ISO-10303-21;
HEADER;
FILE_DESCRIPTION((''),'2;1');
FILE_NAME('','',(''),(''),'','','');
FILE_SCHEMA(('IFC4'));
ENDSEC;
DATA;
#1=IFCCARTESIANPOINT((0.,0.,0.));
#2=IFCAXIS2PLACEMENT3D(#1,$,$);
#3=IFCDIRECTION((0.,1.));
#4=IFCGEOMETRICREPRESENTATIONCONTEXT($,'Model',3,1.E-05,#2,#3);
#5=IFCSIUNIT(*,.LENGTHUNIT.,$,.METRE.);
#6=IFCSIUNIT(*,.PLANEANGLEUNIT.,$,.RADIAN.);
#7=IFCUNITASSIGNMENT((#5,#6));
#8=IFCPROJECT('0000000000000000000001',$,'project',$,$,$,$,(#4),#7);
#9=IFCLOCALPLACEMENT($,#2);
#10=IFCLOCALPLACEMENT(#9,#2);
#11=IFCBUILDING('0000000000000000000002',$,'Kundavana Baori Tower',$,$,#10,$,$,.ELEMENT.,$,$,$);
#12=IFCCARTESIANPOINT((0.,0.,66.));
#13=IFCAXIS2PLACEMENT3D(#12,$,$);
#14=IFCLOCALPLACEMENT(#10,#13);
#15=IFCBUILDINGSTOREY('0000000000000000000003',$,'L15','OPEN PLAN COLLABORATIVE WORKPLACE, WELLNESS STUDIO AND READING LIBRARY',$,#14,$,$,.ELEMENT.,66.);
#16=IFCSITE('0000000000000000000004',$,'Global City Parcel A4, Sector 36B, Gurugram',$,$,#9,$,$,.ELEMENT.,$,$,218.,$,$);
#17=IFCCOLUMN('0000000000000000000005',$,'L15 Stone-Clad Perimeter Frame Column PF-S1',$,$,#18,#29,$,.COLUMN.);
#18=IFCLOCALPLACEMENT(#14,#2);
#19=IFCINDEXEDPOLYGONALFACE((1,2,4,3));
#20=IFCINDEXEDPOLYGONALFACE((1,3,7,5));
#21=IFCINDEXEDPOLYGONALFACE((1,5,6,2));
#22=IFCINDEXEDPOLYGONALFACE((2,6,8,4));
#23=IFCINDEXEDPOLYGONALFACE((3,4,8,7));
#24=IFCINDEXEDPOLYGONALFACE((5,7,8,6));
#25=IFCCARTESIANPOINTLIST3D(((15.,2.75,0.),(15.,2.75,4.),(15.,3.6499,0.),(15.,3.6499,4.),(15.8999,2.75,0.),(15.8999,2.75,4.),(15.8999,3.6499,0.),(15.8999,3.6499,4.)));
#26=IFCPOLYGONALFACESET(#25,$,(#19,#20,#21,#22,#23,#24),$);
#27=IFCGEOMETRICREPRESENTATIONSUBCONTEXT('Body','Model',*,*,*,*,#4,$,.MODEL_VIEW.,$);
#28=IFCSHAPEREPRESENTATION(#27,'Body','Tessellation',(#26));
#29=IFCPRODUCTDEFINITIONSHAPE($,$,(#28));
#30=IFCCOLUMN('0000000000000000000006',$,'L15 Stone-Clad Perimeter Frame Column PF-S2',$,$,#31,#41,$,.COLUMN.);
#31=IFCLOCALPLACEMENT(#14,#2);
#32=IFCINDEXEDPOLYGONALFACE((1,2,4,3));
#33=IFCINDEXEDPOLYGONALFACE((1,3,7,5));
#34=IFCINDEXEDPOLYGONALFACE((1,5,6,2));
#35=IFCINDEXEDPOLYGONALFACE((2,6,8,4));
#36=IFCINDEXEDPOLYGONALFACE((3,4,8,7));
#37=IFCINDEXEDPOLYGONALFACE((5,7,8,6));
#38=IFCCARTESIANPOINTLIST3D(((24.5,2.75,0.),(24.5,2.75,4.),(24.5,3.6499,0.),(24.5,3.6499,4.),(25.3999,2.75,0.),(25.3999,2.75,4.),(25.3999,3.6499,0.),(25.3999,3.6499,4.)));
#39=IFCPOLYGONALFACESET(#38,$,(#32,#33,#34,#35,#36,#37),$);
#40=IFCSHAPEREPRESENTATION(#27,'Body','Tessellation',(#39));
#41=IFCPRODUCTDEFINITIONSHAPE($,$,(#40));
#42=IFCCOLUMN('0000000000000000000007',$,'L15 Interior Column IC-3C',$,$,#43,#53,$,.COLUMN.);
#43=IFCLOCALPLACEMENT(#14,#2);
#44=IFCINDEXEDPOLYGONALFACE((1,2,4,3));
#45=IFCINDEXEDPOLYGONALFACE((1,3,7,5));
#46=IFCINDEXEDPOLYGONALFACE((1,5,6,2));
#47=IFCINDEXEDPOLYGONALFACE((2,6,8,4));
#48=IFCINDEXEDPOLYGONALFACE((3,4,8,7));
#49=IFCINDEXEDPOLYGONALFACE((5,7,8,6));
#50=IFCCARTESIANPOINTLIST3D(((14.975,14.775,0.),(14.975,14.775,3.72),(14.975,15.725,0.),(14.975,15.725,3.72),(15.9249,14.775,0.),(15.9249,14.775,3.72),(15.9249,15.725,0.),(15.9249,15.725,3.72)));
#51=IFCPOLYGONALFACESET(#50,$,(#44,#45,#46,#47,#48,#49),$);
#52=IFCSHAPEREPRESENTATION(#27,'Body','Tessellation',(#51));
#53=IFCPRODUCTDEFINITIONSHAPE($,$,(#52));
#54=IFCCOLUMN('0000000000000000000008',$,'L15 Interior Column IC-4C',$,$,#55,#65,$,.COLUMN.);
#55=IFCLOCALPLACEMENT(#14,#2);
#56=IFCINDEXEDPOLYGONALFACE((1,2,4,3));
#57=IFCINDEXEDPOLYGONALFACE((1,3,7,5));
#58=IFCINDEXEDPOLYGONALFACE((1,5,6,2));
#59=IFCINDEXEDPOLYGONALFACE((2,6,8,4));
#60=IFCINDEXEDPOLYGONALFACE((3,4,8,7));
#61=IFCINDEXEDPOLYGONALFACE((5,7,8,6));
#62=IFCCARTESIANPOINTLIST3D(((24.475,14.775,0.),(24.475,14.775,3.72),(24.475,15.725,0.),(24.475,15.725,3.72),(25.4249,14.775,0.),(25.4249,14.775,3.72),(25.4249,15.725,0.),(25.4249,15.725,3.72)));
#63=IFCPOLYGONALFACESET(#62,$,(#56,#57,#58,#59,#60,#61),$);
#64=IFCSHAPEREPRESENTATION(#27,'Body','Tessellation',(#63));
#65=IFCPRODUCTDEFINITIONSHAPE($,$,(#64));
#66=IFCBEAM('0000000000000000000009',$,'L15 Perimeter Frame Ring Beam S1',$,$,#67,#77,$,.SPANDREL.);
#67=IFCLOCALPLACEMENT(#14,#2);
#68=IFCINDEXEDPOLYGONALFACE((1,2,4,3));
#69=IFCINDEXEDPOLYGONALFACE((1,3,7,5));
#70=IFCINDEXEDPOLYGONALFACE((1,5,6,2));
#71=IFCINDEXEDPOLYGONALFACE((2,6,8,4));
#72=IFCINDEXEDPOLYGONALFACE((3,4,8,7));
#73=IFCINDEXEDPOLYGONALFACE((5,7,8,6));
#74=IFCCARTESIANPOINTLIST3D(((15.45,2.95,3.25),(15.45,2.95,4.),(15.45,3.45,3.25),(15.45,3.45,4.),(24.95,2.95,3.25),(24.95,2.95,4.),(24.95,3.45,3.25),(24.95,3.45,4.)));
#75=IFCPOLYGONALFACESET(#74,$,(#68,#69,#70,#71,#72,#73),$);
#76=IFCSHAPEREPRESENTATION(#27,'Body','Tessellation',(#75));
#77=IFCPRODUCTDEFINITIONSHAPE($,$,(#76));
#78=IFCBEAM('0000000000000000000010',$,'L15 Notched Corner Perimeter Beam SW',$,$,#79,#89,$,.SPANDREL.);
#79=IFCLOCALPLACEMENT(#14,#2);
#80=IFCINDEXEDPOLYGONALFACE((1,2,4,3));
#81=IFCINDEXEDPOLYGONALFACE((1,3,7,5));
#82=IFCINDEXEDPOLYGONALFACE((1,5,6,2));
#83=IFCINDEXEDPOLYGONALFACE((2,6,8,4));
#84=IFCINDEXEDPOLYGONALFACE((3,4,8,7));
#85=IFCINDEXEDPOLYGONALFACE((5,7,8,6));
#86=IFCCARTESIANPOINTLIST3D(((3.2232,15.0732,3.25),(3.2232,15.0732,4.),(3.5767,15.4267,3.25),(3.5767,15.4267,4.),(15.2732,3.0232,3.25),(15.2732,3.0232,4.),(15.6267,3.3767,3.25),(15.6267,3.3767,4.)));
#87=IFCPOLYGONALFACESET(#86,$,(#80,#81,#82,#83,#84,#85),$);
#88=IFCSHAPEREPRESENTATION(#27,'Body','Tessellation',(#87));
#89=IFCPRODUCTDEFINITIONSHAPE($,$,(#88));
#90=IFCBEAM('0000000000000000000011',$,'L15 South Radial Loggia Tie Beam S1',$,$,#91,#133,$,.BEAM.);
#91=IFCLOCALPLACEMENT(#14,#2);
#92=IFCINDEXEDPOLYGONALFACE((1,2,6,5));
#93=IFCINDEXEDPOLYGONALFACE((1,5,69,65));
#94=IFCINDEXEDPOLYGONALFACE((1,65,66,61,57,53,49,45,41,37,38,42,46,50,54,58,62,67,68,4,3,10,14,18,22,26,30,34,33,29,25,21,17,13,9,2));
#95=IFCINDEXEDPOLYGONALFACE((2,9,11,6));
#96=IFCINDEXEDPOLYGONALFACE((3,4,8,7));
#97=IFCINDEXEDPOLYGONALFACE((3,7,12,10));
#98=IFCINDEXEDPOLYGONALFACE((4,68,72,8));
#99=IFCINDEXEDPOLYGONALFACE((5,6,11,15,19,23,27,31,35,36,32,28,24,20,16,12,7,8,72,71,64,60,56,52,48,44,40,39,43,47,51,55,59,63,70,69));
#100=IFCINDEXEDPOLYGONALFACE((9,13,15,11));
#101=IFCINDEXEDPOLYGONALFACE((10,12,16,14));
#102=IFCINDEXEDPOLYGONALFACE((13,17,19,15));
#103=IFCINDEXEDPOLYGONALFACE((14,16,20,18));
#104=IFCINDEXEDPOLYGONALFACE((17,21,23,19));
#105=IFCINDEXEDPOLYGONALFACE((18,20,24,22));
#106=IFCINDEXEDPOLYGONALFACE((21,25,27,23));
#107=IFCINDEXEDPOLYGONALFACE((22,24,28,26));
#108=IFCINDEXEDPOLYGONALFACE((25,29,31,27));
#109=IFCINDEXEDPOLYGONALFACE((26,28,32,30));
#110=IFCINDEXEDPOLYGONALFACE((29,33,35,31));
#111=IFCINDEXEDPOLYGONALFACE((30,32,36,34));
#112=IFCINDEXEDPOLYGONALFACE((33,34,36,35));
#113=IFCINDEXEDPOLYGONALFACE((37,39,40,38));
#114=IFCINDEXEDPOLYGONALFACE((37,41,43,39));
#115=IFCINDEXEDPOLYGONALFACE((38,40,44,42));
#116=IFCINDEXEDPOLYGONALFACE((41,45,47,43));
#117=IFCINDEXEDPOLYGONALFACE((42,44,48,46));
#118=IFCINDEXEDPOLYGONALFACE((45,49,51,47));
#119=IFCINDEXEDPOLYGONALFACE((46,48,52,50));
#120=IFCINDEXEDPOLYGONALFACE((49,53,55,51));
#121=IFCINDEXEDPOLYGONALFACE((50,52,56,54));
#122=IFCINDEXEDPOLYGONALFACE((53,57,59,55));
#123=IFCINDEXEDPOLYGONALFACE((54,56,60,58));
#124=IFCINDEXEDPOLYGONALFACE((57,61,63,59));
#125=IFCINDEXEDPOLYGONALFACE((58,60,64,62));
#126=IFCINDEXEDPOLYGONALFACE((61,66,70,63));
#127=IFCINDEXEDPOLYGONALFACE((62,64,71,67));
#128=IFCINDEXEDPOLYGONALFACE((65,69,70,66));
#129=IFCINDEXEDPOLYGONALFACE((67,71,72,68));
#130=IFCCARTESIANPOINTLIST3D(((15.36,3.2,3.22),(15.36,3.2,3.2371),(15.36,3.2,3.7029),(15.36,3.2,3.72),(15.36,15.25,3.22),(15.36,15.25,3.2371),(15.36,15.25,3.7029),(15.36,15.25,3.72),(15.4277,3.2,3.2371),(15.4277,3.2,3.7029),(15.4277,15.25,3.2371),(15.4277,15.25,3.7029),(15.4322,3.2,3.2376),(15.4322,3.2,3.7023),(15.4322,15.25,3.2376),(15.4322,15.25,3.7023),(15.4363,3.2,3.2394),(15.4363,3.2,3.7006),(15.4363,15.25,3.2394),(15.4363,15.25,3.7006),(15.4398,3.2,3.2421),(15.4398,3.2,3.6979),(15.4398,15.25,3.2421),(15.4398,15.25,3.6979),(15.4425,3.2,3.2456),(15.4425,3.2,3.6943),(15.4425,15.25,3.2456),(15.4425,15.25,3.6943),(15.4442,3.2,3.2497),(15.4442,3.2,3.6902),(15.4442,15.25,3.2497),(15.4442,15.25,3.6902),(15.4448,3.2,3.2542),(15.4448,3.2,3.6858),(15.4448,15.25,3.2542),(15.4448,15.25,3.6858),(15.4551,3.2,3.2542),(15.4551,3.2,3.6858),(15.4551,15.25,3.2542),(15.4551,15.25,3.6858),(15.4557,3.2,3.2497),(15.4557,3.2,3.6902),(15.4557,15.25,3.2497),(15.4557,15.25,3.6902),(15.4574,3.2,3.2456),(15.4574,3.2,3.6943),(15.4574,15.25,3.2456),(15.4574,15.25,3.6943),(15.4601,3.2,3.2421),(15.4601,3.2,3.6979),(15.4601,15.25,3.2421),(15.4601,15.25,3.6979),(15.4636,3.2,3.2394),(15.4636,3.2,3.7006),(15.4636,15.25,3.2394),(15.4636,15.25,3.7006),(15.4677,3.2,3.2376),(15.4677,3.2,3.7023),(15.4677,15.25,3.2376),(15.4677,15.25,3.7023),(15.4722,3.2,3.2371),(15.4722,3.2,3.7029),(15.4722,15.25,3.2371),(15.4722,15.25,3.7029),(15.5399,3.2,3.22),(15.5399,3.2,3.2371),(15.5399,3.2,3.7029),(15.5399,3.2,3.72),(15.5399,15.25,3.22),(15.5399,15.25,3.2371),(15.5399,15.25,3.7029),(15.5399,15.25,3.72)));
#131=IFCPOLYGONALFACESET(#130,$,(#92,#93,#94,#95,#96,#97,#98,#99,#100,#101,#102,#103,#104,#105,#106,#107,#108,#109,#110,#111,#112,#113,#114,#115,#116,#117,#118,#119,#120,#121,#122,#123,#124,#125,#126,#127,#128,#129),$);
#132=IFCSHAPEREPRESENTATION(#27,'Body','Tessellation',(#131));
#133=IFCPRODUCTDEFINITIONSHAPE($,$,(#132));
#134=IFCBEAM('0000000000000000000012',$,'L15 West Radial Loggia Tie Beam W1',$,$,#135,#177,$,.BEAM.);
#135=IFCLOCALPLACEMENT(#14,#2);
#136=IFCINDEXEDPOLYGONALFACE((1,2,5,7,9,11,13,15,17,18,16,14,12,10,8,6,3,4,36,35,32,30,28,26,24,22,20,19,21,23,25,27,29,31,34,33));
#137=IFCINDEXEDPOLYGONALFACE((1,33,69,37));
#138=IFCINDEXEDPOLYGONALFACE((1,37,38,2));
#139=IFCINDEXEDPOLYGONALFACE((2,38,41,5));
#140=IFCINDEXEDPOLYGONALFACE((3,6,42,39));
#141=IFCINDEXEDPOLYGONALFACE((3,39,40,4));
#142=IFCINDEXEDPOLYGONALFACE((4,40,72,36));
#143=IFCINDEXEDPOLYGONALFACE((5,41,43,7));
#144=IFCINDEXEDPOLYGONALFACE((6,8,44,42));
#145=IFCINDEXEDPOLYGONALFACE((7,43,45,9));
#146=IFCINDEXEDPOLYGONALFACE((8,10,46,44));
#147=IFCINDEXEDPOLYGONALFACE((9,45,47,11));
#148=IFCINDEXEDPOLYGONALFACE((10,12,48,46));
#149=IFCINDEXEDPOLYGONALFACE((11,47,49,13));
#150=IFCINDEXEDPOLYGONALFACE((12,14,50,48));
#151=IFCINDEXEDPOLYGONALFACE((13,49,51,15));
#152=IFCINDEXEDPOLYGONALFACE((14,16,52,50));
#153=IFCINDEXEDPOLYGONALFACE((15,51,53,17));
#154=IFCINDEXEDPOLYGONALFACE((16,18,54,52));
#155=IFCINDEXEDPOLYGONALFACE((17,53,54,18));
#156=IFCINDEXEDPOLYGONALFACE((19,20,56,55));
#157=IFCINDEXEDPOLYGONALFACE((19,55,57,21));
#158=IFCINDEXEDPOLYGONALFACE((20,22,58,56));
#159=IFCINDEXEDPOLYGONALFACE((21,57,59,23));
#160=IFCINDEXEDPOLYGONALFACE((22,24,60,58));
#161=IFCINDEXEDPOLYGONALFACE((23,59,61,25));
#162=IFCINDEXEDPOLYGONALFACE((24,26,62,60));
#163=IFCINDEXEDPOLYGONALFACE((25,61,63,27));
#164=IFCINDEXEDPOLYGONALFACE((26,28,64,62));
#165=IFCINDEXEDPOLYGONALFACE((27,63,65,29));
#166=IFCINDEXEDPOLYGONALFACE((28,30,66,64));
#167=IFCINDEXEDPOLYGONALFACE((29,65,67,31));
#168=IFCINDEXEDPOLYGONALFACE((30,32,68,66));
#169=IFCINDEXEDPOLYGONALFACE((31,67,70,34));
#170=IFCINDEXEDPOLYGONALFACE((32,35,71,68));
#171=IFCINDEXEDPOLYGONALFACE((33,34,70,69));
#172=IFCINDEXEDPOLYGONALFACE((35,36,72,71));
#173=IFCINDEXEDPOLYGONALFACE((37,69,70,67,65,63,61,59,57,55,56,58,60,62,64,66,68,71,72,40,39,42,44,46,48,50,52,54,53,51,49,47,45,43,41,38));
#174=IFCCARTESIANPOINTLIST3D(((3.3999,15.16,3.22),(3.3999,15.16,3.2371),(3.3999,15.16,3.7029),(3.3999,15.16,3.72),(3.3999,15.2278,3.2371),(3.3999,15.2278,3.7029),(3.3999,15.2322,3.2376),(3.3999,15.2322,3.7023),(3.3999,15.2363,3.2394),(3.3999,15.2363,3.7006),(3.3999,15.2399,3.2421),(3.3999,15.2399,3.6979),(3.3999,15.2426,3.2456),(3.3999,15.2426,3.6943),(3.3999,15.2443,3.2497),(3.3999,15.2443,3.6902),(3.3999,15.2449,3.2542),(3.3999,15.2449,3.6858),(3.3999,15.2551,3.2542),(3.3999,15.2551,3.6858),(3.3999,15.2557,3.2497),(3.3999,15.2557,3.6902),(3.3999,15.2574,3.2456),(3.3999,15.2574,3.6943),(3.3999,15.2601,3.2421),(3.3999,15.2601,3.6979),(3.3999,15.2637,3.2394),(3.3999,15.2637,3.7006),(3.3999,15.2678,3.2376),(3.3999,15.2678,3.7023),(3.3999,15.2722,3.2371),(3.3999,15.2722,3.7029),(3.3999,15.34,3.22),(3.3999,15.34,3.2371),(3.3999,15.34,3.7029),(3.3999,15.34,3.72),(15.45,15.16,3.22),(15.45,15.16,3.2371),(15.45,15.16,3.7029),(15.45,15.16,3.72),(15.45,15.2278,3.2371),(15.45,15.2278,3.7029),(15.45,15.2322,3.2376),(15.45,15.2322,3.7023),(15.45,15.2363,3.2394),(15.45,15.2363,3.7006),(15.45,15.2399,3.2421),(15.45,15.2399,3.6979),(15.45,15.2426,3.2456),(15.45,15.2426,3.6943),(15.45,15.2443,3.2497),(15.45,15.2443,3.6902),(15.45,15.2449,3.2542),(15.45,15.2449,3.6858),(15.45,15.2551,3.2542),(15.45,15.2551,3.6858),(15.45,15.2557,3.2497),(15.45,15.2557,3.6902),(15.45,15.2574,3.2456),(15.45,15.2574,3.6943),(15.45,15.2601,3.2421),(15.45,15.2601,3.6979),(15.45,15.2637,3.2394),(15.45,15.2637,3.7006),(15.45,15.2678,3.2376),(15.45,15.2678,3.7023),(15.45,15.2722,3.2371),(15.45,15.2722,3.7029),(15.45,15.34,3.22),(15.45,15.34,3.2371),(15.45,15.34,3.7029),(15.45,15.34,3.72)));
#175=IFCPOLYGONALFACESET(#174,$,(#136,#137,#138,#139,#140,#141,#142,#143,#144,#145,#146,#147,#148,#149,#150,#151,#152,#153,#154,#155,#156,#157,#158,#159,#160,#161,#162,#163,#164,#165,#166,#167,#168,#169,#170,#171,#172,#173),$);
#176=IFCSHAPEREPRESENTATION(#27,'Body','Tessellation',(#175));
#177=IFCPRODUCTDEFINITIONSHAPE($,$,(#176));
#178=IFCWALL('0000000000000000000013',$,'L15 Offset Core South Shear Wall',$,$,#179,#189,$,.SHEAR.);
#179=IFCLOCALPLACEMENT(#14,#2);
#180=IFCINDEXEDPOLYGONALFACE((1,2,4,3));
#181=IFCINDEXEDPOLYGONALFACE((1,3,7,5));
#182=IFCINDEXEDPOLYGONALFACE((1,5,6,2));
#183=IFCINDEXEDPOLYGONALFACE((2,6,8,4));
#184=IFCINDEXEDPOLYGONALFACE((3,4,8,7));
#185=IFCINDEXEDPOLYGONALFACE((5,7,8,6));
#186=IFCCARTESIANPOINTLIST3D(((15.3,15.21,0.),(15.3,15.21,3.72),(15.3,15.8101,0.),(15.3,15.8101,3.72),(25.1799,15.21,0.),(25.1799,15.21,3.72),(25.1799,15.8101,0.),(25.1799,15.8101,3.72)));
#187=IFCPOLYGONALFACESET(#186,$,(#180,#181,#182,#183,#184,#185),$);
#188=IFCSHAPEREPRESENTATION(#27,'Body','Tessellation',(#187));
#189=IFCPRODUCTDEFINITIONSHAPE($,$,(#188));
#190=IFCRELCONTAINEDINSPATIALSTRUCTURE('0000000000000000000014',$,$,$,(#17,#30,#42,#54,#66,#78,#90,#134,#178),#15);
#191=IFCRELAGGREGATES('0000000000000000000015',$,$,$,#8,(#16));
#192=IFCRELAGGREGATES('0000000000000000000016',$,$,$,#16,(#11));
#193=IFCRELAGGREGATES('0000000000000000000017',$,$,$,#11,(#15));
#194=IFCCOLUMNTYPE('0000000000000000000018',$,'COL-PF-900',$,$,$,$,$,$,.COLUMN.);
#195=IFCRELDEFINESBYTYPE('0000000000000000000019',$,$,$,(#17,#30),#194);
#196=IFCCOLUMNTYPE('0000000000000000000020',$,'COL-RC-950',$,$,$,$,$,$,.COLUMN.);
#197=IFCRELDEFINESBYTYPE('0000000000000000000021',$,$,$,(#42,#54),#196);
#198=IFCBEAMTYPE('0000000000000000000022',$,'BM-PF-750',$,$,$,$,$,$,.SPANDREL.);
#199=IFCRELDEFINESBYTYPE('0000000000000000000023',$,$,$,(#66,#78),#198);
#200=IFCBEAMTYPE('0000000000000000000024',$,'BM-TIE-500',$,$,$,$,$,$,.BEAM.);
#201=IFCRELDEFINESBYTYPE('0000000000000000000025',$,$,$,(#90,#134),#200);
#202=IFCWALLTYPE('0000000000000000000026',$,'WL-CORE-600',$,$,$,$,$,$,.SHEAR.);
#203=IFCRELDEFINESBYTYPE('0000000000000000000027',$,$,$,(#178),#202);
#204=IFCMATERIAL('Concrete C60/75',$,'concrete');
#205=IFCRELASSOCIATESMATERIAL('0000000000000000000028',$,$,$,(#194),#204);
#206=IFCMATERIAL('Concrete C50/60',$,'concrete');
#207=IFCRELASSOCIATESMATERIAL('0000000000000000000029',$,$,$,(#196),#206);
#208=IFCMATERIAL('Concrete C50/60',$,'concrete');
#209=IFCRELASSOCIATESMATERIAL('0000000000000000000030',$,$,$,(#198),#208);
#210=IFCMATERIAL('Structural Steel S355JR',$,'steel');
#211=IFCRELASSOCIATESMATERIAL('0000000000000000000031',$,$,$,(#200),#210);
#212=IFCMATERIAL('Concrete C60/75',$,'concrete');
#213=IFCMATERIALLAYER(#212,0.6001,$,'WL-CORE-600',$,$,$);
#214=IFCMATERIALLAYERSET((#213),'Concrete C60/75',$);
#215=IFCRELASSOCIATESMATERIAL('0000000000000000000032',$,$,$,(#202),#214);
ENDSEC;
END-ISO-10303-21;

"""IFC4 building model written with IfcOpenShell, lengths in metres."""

from ifc_helpers import new_model, si_unit, direction, frame, frame_2d, origin, origin_2d, place, context, subcontext, project, spatial, rectangle, i_section, extrude, material, layer, layer_set, material_profile, profile_set, type_object, element, save


model = new_model("IFC4")

# Units and contexts
model_context = context("Model", 3, precision=1e-05, world=origin(), true_north=direction((0.0, 1.0)))
body_context = subcontext(model_context, "Body", "Model", "MODEL_VIEW")
ifc_project = project(units=[si_unit("LENGTHUNIT", "METRE"), si_unit("PLANEANGLEUNIT", "RADIAN")], contexts=[model_context])

# Site, building, storey
site_placement = place(None, origin())
site = spatial("IfcSite", under=ifc_project, at=site_placement, Name="Global City Parcel A4, Sector 36B, Gurugram", CompositionType="ELEMENT", RefElevation=218.0)
building_placement = place(site_placement, origin())
building = spatial("IfcBuilding", under=site, at=building_placement, Name="Kundavana Baori Tower", CompositionType="ELEMENT")
storey_placement = place(building_placement, frame((0.0, 0.0, 66.0)))
storey = spatial("IfcBuildingStorey", under=building, at=storey_placement, Name="L15", Description="OPEN PLAN COLLABORATIVE WORKPLACE, WELLNESS STUDIO AND READING LIBRARY", CompositionType="ELEMENT", Elevation=66.0)

# Columns
ifc_material_1 = material(Name="Concrete C60/75", Category="concrete")
ifc_material_profile_1 = material_profile(ifc_material_1, rectangle(XDim=0.8999, YDim=0.8999, at=origin_2d()), Name="RC PF 900x900")
ifc_profile_set_1 = profile_set([ifc_material_profile_1], Name="Concrete C60/75")
column_type_1 = type_object("IfcColumnType", Name="COL-PF-900", PredefinedType="COLUMN", material=ifc_profile_set_1)
for number, where, z_axis, x_axis, name in (
    (1, (15.45, 3.2, 0.0), (0.0, 0.0, 1.0), (1.0, 0.0, 0.0), "L15 Stone-Clad Perimeter Frame Column PF-S1"),
    (2, (24.95, 3.2, 0.0), (0.0, 0.0, 1.0), (1.0, 0.0, 0.0), "L15 Stone-Clad Perimeter Frame Column PF-S2"),
):
    element("IfcColumn", number, at=place(storey_placement, frame(where, z_axis=z_axis, x_axis=x_axis)), inside=storey, type_object=column_type_1, Name=name, PredefinedType="COLUMN", context=body_context, shape_type="SweptSolid", body=[
        extrude(rectangle(XDim=0.8999, YDim=0.8999, at=origin_2d()), origin(), (0.0, 0.0, 1.0), 4.0),
    ])
ifc_material_2 = material(Name="Concrete C50/60", Category="concrete")
ifc_material_profile_2 = material_profile(ifc_material_2, rectangle(XDim=0.95, YDim=0.95, at=origin_2d()), Name="RC 950x950")
ifc_profile_set_2 = profile_set([ifc_material_profile_2], Name="Concrete C50/60")
column_type_2 = type_object("IfcColumnType", Name="COL-RC-950", PredefinedType="COLUMN", material=ifc_profile_set_2)
for number, where, z_axis, x_axis, name in (
    (3, (15.45, 15.25, 0.0), (0.0, 0.0, 1.0), (1.0, 0.0, 0.0), "L15 Interior Column IC-3C"),
    (4, (24.95, 15.25, 0.0), (0.0, 0.0, 1.0), (1.0, 0.0, 0.0), "L15 Interior Column IC-4C"),
):
    element("IfcColumn", number, at=place(storey_placement, frame(where, z_axis=z_axis, x_axis=x_axis)), inside=storey, type_object=column_type_2, Name=name, PredefinedType="COLUMN", context=body_context, shape_type="SweptSolid", body=[
        extrude(rectangle(XDim=0.95, YDim=0.95, at=origin_2d()), origin(), (0.0, 0.0, 1.0), 3.72),
    ])

# Beams
ifc_material_3 = material(Name="Concrete C50/60", Category="concrete")
ifc_material_profile_3 = material_profile(ifc_material_3, rectangle(XDim=0.5, YDim=0.75, at=origin_2d()), Name="RC BM 500x750")
ifc_profile_set_3 = profile_set([ifc_material_profile_3], Name="Concrete C50/60")
beam_type_1 = type_object("IfcBeamType", Name="BM-PF-750", PredefinedType="SPANDREL", material=ifc_profile_set_3)
beam_1_placement = place(storey_placement, frame((15.45, 3.2, 3.625), z_axis=(1.0, 0.0, 0.0), x_axis=(0.0, 1.0, 0.0)))
element("IfcBeam", 5, at=beam_1_placement, inside=storey, type_object=beam_type_1, Name="L15 Perimeter Frame Ring Beam S1", PredefinedType="SPANDREL", context=body_context, shape_type="SweptSolid", body=[
    extrude(rectangle(XDim=0.5, YDim=0.75, at=origin_2d()), origin(), (0.0, 0.0, 1.0), 9.5),
])
beam_2_placement = place(storey_placement, frame((15.45, 3.2, 3.625), z_axis=(-0.707107, 0.707107, 0.0), x_axis=(-0.707107, -0.707107, 0.0)))
element("IfcBeam", 6, at=beam_2_placement, inside=storey, type_object=beam_type_1, Name="L15 Notched Corner Perimeter Beam SW", PredefinedType="SPANDREL", context=body_context, shape_type="SweptSolid", body=[
    extrude(rectangle(XDim=0.5, YDim=0.75, at=origin_2d()), origin(), (0.0, 0.0, 1.0), 17.0413),
])
ifc_material_4 = material(Name="Structural Steel S355JR", Category="steel")
ifc_material_profile_4 = material_profile(ifc_material_4, i_section(OverallWidth=0.1799, OverallDepth=0.5, WebThickness=0.0103, FlangeThickness=0.0171, FilletRadius=0.0171, at=origin_2d()), Name="ISMB 500")
ifc_profile_set_4 = profile_set([ifc_material_profile_4], Name="Structural Steel S355JR")
beam_type_2 = type_object("IfcBeamType", Name="BM-TIE-500", PredefinedType="BEAM", material=ifc_profile_set_4)
for number, where, z_axis, x_axis, name in (
    (7, (15.45, 15.25, 3.47), (0.0, -1.0, 0.0), (1.0, 0.0, 0.0), "L15 South Radial Loggia Tie Beam S1"),
    (8, (15.45, 15.25, 3.47), (-1.0, 0.0, 0.0), (0.0, -1.0, 0.0), "L15 West Radial Loggia Tie Beam W1"),
):
    element("IfcBeam", number, at=place(storey_placement, frame(where, z_axis=z_axis, x_axis=x_axis)), inside=storey, type_object=beam_type_2, Name=name, PredefinedType="BEAM", context=body_context, shape_type="SweptSolid", body=[
        extrude(i_section(OverallWidth=0.1799, OverallDepth=0.5, WebThickness=0.0103, FlangeThickness=0.0171, FilletRadius=0.0171, at=origin_2d()), origin(), (0.0, 0.0, 1.0), 12.05),
    ])

# Wall
ifc_material_5 = material(Name="Concrete C60/75", Category="concrete")
ifc_layer_1 = layer(ifc_material_5, 0.6001, Name="WL-CORE-600")
ifc_layer_set_1 = layer_set([ifc_layer_1], Name="Concrete C60/75")
wall_type_1 = type_object("IfcWallType", Name="WL-CORE-600", PredefinedType="SHEAR", material=ifc_layer_set_1)
wall_1_placement = place(storey_placement, frame((15.3, 15.51, 0.0), z_axis=(0.0, 0.0, 1.0), x_axis=(1.0, 0.0, 0.0)))
element("IfcWall", 9, at=wall_1_placement, inside=storey, type_object=wall_type_1, Name="L15 Offset Core South Shear Wall", PredefinedType="SHEAR", context=body_context, shape_type="SweptSolid", body=[
    extrude(rectangle(XDim=9.8799, YDim=0.6001, at=frame_2d((4.9399, 0.0))), origin(), (0.0, 0.0, 1.0), 3.72),
])

save(model, "model.ifc")
